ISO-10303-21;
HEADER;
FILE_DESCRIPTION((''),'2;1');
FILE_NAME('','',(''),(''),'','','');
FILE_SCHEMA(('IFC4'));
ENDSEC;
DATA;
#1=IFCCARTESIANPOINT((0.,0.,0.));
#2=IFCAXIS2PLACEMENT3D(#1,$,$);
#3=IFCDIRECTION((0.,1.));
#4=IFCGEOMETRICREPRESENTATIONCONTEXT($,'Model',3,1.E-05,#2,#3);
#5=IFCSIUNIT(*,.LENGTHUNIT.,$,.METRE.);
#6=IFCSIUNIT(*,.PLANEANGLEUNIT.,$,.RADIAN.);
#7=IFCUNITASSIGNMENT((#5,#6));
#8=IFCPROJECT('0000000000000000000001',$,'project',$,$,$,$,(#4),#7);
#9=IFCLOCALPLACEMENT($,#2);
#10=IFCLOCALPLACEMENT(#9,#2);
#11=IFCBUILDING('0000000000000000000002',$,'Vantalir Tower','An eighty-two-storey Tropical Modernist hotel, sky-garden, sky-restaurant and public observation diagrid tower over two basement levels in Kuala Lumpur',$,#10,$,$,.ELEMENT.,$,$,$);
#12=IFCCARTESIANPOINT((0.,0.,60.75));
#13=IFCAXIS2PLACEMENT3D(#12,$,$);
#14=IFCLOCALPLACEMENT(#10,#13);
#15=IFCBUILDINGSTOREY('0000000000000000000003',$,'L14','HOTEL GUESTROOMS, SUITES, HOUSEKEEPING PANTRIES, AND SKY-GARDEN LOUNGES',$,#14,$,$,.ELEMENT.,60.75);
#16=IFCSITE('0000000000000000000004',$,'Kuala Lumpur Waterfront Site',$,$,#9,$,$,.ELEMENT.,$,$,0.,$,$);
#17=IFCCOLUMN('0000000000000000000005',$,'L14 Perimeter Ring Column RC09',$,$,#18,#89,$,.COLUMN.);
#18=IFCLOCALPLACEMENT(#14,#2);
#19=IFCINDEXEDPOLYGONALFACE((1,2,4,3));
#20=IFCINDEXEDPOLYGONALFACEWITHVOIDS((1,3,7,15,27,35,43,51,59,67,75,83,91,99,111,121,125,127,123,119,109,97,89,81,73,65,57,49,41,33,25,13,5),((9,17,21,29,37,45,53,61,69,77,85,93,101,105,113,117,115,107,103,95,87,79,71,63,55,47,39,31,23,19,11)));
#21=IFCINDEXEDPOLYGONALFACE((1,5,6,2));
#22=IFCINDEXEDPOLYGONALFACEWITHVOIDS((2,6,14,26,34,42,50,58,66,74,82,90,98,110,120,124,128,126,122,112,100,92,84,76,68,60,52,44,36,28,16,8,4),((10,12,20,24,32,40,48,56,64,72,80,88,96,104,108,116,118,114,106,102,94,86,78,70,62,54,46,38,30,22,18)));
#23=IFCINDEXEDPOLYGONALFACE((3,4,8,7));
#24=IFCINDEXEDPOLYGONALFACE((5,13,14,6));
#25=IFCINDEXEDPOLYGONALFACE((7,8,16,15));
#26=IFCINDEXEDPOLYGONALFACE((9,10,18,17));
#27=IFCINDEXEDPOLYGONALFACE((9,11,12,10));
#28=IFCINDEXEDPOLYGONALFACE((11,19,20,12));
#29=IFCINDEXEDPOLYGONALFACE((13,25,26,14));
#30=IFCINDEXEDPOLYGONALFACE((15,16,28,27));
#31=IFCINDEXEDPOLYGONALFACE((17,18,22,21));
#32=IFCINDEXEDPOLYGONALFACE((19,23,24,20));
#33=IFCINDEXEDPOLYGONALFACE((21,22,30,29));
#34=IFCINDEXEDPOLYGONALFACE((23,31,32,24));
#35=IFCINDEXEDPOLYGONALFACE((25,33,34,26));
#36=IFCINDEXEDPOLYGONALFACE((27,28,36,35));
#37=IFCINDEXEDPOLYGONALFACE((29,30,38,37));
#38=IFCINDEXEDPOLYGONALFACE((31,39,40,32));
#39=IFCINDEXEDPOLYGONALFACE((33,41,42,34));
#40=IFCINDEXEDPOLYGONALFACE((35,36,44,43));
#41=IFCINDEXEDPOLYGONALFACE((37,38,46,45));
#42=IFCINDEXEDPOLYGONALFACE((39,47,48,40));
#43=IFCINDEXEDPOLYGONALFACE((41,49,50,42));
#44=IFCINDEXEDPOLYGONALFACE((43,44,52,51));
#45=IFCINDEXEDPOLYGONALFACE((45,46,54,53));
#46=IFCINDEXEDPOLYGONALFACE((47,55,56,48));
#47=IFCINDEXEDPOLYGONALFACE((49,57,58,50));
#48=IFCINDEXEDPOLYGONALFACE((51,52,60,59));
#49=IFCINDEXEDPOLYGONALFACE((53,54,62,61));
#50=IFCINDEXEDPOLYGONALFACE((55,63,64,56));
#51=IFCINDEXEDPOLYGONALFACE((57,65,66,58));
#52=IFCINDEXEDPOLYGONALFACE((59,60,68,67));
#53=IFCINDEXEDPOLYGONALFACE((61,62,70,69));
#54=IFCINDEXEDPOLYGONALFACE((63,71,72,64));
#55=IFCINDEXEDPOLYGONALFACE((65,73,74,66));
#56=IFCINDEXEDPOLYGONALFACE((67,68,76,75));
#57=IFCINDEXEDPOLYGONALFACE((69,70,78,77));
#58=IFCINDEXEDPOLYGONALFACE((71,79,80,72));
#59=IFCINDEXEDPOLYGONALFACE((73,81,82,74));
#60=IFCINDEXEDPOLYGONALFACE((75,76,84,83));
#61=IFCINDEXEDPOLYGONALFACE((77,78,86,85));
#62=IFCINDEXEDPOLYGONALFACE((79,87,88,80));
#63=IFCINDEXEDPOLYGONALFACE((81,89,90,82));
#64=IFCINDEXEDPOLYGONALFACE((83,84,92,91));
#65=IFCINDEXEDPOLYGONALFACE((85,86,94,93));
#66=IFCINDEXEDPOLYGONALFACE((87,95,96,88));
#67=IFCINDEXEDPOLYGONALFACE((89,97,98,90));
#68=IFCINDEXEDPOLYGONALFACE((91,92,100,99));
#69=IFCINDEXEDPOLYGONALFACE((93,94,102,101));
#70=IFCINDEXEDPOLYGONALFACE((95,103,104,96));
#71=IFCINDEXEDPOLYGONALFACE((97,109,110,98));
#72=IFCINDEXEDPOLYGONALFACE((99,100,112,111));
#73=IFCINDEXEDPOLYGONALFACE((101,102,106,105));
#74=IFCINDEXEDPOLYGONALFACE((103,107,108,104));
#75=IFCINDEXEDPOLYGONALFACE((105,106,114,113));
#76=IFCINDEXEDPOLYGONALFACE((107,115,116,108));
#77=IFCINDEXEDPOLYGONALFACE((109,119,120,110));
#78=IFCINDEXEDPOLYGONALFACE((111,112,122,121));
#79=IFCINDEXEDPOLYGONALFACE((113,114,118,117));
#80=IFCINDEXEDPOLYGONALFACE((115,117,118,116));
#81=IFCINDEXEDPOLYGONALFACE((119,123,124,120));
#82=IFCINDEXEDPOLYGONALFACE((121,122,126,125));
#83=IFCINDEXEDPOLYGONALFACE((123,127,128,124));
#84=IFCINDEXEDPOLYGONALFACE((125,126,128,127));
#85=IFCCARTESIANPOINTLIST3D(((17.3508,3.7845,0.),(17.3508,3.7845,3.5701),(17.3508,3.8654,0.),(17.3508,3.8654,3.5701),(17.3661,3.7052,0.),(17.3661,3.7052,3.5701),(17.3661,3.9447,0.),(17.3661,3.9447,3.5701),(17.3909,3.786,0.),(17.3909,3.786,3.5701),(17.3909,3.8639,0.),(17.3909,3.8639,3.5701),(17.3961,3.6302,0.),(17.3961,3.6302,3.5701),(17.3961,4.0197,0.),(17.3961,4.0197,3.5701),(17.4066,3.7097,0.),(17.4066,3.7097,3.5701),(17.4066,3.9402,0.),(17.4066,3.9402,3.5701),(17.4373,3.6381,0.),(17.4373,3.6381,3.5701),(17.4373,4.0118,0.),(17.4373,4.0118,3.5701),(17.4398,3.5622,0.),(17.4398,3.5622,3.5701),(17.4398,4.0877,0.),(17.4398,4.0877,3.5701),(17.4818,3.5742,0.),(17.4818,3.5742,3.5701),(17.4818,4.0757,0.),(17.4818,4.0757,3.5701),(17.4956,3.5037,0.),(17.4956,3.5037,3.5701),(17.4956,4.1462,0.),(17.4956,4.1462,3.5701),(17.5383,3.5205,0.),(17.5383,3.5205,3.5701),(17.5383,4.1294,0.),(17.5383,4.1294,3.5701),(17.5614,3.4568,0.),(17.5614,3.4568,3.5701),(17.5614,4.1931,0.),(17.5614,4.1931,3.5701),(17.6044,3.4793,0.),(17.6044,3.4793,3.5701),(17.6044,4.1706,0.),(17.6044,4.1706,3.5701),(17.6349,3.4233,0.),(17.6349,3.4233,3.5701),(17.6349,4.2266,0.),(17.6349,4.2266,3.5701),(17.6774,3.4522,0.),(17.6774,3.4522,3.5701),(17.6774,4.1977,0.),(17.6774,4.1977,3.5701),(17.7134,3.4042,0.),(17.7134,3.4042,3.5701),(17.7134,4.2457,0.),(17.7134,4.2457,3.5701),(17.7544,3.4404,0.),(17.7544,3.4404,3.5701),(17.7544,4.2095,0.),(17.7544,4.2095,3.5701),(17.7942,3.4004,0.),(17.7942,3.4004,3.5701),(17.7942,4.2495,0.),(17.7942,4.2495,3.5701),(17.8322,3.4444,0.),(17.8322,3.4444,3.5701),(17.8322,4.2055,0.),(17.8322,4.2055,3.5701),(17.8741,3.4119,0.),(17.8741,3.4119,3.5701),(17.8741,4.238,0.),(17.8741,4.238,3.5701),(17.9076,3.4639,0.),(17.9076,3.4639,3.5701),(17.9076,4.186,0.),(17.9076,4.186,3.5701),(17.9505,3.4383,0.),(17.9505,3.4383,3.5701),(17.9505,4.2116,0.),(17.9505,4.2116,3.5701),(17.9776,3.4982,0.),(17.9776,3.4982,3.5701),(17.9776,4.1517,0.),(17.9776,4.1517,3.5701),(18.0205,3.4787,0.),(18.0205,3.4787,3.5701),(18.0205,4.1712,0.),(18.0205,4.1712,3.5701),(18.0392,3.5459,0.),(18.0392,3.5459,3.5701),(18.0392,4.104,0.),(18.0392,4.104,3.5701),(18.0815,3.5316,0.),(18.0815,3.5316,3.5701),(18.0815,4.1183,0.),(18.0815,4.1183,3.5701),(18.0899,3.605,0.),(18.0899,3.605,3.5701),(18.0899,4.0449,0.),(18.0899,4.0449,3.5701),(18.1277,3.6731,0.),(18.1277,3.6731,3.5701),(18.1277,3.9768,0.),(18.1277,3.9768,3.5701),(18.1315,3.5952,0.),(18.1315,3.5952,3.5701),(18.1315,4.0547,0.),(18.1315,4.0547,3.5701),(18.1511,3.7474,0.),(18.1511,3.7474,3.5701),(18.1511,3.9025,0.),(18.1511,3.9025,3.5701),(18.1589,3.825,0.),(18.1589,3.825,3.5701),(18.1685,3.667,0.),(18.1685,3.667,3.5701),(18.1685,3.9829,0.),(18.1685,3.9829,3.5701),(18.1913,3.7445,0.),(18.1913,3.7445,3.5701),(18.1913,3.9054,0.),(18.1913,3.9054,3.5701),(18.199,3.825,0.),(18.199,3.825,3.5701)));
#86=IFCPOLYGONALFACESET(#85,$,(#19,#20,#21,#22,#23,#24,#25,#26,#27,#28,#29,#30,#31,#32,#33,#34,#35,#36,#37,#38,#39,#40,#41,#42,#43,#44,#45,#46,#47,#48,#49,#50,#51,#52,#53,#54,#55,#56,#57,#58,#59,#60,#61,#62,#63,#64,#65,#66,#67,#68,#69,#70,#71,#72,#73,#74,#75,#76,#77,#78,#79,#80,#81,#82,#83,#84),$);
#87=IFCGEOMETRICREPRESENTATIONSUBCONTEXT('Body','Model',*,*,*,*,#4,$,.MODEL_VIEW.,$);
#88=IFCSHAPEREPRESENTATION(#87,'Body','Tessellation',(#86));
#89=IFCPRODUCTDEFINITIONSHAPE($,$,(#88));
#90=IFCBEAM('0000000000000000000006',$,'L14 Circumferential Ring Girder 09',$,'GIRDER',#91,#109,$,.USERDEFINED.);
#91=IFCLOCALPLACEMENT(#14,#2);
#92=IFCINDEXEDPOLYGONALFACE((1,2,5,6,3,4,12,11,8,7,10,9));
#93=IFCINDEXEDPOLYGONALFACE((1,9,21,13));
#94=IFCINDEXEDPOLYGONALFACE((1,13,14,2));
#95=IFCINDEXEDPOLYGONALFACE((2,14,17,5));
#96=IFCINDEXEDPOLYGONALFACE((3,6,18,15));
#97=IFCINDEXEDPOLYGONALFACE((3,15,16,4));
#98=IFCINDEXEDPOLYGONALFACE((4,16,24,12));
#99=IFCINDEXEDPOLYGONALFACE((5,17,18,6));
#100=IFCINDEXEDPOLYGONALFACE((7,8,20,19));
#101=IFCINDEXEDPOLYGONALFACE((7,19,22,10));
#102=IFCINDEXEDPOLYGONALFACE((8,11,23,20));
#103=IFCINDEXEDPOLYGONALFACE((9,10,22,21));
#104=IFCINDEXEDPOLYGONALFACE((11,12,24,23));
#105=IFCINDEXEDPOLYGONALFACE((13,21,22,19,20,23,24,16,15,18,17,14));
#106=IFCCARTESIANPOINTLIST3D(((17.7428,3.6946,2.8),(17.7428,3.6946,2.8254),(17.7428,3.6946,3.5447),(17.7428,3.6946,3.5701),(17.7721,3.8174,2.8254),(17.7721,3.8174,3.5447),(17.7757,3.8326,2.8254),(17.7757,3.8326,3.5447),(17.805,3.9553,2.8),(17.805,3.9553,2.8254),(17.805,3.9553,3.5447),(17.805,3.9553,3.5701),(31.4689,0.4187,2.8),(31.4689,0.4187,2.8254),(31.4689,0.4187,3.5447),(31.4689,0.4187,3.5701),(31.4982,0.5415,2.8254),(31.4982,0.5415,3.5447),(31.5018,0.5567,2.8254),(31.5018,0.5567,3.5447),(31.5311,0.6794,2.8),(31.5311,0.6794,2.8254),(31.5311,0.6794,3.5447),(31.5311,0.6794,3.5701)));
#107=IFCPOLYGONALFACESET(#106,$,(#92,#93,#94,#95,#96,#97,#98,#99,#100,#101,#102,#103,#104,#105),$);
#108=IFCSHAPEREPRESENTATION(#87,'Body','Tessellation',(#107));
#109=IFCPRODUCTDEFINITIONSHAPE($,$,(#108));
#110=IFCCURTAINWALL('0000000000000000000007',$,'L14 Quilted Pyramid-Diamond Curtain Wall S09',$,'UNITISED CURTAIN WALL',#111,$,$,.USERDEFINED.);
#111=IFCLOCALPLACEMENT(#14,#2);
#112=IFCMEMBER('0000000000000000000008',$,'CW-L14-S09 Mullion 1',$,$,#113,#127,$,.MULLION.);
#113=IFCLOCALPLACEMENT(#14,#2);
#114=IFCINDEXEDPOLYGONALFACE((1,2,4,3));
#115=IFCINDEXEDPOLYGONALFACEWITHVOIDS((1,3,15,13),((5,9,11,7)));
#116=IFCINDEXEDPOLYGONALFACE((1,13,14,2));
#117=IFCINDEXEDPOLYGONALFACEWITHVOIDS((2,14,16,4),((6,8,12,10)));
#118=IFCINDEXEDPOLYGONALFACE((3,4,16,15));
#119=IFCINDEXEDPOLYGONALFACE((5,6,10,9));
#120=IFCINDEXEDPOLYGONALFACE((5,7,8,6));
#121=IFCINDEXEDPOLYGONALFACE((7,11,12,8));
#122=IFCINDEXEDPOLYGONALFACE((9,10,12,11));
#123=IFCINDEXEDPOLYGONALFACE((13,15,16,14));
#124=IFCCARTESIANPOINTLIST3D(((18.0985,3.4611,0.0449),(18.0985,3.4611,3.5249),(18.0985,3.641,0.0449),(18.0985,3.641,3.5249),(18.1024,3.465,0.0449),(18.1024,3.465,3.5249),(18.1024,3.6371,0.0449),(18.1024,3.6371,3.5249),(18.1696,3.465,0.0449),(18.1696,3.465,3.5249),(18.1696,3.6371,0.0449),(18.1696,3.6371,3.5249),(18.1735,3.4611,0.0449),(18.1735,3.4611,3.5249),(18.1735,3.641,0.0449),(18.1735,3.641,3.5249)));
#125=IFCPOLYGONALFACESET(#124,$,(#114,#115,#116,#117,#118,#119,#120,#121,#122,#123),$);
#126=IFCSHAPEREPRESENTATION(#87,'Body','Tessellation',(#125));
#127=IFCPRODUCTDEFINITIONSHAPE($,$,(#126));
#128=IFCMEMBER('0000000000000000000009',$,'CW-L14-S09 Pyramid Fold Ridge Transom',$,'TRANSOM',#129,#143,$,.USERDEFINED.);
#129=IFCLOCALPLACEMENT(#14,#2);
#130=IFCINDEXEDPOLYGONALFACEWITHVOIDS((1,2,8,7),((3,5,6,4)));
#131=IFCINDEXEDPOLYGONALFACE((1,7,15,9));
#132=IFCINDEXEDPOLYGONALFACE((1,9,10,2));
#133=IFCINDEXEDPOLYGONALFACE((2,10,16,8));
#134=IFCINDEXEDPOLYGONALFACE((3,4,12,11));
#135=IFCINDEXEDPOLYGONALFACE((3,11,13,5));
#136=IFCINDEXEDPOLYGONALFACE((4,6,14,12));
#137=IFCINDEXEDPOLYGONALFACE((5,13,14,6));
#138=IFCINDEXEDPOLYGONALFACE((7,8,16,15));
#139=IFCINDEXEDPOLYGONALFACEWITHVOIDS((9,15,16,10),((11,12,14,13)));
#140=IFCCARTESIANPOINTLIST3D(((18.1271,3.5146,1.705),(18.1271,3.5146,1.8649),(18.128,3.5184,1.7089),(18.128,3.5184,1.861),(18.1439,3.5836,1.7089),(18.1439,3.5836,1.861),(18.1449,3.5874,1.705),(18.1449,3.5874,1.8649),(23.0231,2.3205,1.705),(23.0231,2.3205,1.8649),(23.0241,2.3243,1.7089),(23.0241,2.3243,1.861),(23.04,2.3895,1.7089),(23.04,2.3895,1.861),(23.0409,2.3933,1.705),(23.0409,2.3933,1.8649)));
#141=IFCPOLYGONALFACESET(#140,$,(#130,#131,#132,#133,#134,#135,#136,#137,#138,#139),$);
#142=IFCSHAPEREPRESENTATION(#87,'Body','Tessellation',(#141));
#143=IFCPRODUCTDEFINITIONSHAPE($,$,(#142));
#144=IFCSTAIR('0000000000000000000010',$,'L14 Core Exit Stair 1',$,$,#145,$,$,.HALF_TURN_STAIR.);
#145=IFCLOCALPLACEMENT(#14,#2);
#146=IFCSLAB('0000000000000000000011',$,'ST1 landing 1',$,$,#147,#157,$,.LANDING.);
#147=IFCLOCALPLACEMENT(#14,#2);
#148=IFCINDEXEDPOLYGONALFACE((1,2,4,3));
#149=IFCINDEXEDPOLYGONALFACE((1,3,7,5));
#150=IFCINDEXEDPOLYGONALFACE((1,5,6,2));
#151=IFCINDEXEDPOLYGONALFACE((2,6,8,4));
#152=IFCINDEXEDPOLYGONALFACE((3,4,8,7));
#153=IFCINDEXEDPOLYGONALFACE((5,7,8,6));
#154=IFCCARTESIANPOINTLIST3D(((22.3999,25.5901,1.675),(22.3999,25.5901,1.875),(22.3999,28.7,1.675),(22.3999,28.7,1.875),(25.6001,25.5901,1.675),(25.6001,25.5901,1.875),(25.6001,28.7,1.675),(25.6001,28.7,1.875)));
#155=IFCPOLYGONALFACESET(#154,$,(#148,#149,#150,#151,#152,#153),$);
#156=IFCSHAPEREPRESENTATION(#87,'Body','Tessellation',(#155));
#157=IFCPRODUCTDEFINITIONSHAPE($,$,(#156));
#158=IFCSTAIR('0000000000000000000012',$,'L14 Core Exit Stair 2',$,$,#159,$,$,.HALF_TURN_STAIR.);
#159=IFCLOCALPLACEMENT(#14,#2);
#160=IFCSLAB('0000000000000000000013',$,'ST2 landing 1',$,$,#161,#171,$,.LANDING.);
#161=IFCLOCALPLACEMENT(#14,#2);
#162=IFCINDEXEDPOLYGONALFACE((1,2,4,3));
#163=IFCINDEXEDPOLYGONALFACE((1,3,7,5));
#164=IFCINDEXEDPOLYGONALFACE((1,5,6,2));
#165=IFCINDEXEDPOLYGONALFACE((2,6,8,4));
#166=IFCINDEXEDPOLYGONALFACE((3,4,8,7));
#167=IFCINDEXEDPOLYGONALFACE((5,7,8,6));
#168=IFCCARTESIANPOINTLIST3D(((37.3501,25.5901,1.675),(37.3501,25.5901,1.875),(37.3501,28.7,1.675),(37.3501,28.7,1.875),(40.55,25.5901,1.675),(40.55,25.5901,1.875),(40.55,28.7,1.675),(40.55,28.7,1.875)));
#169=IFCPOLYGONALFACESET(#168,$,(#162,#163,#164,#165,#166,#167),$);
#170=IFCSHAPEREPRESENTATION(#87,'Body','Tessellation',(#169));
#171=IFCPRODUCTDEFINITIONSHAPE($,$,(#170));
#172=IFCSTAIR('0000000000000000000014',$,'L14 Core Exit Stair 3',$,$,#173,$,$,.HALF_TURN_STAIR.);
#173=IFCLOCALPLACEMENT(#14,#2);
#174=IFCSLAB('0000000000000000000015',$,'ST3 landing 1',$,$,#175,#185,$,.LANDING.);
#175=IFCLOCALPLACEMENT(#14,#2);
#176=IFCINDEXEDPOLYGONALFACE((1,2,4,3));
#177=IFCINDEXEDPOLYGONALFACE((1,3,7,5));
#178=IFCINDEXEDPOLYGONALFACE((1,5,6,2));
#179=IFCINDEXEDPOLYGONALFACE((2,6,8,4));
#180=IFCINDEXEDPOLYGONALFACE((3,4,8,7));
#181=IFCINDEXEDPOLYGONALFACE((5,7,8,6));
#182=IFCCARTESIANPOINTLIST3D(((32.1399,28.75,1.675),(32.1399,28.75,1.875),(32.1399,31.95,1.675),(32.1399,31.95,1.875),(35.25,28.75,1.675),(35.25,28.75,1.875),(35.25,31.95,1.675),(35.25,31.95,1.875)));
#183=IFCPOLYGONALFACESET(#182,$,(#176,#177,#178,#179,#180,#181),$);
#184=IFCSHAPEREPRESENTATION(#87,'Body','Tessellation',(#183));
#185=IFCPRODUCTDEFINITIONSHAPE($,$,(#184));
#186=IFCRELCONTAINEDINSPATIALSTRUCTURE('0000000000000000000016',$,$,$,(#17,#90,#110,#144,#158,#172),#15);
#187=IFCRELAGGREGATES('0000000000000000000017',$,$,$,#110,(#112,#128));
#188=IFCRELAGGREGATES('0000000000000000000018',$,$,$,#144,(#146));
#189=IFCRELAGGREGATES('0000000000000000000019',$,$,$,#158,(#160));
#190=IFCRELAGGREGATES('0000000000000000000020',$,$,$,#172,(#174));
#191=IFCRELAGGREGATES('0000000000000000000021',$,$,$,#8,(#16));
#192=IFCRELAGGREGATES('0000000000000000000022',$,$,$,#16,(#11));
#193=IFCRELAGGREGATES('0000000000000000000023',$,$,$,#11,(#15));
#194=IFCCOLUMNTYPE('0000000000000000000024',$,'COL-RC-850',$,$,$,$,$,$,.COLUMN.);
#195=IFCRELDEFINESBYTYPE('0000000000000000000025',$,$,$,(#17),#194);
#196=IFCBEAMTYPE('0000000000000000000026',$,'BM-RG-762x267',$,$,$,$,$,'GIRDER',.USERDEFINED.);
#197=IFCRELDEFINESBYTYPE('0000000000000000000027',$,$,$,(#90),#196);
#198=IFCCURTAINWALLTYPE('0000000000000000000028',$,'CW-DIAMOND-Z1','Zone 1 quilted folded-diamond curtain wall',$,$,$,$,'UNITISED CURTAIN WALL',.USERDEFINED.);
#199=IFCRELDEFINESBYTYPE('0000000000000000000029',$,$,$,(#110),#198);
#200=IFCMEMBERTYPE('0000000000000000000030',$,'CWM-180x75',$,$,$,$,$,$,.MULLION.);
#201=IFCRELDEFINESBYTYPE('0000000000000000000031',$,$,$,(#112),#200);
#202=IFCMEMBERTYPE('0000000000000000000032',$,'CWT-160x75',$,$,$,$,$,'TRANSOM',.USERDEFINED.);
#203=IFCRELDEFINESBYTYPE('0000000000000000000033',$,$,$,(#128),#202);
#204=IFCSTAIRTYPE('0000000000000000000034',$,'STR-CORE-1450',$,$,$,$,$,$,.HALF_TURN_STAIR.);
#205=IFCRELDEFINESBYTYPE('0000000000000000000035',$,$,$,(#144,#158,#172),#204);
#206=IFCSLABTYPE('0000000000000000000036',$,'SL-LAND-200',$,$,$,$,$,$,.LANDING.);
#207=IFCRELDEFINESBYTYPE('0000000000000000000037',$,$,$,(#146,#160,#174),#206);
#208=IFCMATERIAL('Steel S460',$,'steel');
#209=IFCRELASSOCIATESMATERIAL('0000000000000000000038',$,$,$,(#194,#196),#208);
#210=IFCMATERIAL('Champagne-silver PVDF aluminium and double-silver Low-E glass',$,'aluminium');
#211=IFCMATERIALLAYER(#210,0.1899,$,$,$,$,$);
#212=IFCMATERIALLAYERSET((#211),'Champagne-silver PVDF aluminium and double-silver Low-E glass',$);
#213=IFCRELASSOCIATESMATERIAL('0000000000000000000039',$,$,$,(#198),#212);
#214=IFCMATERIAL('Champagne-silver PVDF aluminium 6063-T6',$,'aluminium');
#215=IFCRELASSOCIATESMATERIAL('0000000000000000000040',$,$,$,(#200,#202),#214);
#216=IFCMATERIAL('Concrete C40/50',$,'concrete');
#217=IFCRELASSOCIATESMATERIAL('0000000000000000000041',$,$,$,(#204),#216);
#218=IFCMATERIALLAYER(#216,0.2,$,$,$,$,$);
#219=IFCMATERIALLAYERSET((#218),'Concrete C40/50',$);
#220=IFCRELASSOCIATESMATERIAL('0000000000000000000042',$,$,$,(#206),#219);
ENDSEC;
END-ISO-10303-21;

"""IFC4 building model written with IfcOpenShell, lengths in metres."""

from ifc_helpers import new_model, si_unit, direction, frame, origin, origin_2d, place, context, subcontext, project, spatial, polyline, hollow_rectangle, hollow_circle, i_section, outline, extrude, material, layer, layer_set, material_profile, profile_set, type_object, element, aggregate, save


model = new_model("IFC4")

# Units and contexts
model_context = context("Model", 3, precision=1e-05, world=origin(), true_north=direction((0.0, 1.0)))
body_context = subcontext(model_context, "Body", "Model", "MODEL_VIEW")
ifc_project = project(units=[si_unit("LENGTHUNIT", "METRE"), si_unit("PLANEANGLEUNIT", "RADIAN")], contexts=[model_context])

# Site, building, storey
site_placement = place(None, origin())
site = spatial("IfcSite", under=ifc_project, at=site_placement, Name="Kuala Lumpur Waterfront Site", CompositionType="ELEMENT", RefElevation=0.0)
building_placement = place(site_placement, origin())
building = spatial("IfcBuilding", under=site, at=building_placement, Name="Vantalir Tower", Description="An eighty-two-storey Tropical Modernist hotel, sky-garden, sky-restaurant and public observation diagrid tower over two basement levels in Kuala Lumpur", CompositionType="ELEMENT")
storey_placement = place(building_placement, frame((0.0, 0.0, 60.75)))
storey = spatial("IfcBuildingStorey", under=building, at=storey_placement, Name="L14", Description="HOTEL GUESTROOMS, SUITES, HOUSEKEEPING PANTRIES, AND SKY-GARDEN LOUNGES", CompositionType="ELEMENT", Elevation=60.75)

# Column
ifc_material_1 = material(Name="Steel S460", Category="steel")
ifc_material_profile_1 = material_profile(ifc_material_1, hollow_circle(Radius=0.425, WallThickness=0.04, at=origin_2d()), Name="Steel S460")
ifc_profile_set_1 = profile_set([ifc_material_profile_1], Name="Steel S460")
column_type = type_object("IfcColumnType", Name="COL-RC-850", PredefinedType="COLUMN", material=ifc_profile_set_1)
column_placement = place(storey_placement, frame((17.7739, 3.825, 0.0), z_axis=(0.0, 0.0, 1.0), x_axis=(1.0, 0.0, 0.0)))
element("IfcColumn", 1, at=column_placement, inside=storey, type_object=column_type, Name="L14 Perimeter Ring Column RC09", PredefinedType="COLUMN", context=body_context, shape_type="SweptSolid", body=[
    extrude(hollow_circle(Radius=0.425, WallThickness=0.04, at=origin_2d()), origin(), (0.0, 0.0, 1.0), 3.5701),
])

# Beam
ifc_material_profile_2 = material_profile(ifc_material_1, i_section(OverallWidth=0.2681, OverallDepth=0.77, WebThickness=0.0156, FlangeThickness=0.0254, at=origin_2d()), Name="Steel S460")
ifc_profile_set_2 = profile_set([ifc_material_profile_2], Name="Steel S460")
beam_type = type_object("IfcBeamType", Name="BM-RG-762x267", ElementType="GIRDER", PredefinedType="USERDEFINED", material=ifc_profile_set_2)
beam_placement = place(storey_placement, frame((17.7739, 3.825, 3.1851), z_axis=(0.972682, -0.232141, 0.0), x_axis=(0.232141, 0.972682, 0.0)))
element("IfcBeam", 2, at=beam_placement, inside=storey, type_object=beam_type, Name="L14 Circumferential Ring Girder 09", ObjectType="GIRDER", PredefinedType="USERDEFINED", context=body_context, shape_type="SweptSolid", body=[
    extrude(i_section(OverallWidth=0.2681, OverallDepth=0.77, WebThickness=0.0156, FlangeThickness=0.0254, at=origin_2d()), origin(), (0.0, 0.0, 1.0), 14.1116),
])

# Curtain wall, members
ifc_material_2 = material(Name="Champagne-silver PVDF aluminium and double-silver Low-E glass", Category="aluminium")
ifc_layer_1 = layer(ifc_material_2, 0.1899)
ifc_layer_set_1 = layer_set([ifc_layer_1], Name="Champagne-silver PVDF aluminium and double-silver Low-E glass")
curtain_wall_type = type_object("IfcCurtainWallType", Name="CW-DIAMOND-Z1", Description="Zone 1 quilted folded-diamond curtain wall", ElementType="UNITISED CURTAIN WALL", PredefinedType="USERDEFINED", material=ifc_layer_set_1)
curtain_wall_placement = place(storey_placement, origin())
curtain_wall = element("IfcCurtainWall", 3, at=curtain_wall_placement, inside=storey, type_object=curtain_wall_type, Name="L14 Quilted Pyramid-Diamond Curtain Wall S09", ObjectType="UNITISED CURTAIN WALL", PredefinedType="USERDEFINED")
ifc_material_3 = material(Name="Champagne-silver PVDF aluminium 6063-T6", Category="aluminium")
ifc_material_profile_3 = material_profile(ifc_material_3, hollow_rectangle(XDim=0.075, YDim=0.1799, WallThickness=0.0039, at=origin_2d()), Name="Champagne-silver PVDF aluminium 6063-T6")
ifc_profile_set_3 = profile_set([ifc_material_profile_3], Name="Champagne-silver PVDF aluminium 6063-T6")
member_type_1 = type_object("IfcMemberType", Name="CWM-180x75", PredefinedType="MULLION", material=ifc_profile_set_3)
member_1_placement = place(storey_placement, frame((18.136, 3.551, 0.0449), z_axis=(0.0, 0.0, 1.0), x_axis=(1.0, 0.0, 0.0)))
member_1 = element("IfcMember", 4, at=member_1_placement, type_object=member_type_1, Name="CW-L14-S09 Mullion 1", PredefinedType="MULLION", context=body_context, shape_type="SweptSolid", body=[
    extrude(hollow_rectangle(XDim=0.075, YDim=0.1799, WallThickness=0.0039, at=origin_2d()), origin(), (0.0, 0.0, 1.0), 3.48),
])
ifc_material_profile_4 = material_profile(ifc_material_3, hollow_rectangle(XDim=0.075, YDim=0.1599, WallThickness=0.0039, at=origin_2d()), Name="Champagne-silver PVDF aluminium 6063-T6")
ifc_profile_set_4 = profile_set([ifc_material_profile_4], Name="Champagne-silver PVDF aluminium 6063-T6")
member_type_2 = type_object("IfcMemberType", Name="CWT-160x75", ElementType="TRANSOM", PredefinedType="USERDEFINED", material=ifc_profile_set_4)
member_2_placement = place(storey_placement, frame((18.136, 3.551, 1.7849), z_axis=(0.971523, -0.236946, 0.0), x_axis=(0.236946, 0.971523, 0.0)))
member_2 = element("IfcMember", 5, at=member_2_placement, type_object=member_type_2, Name="CW-L14-S09 Pyramid Fold Ridge Transom", ObjectType="TRANSOM", PredefinedType="USERDEFINED", context=body_context, shape_type="SweptSolid", body=[
    extrude(hollow_rectangle(XDim=0.075, YDim=0.1599, WallThickness=0.0039, at=origin_2d()), origin(), (0.0, 0.0, 1.0), 5.0396),
])
aggregate(curtain_wall, [member_1, member_2])

# Stairs, slabs
ifc_material_4 = material(Name="Concrete C40/50", Category="concrete")
stair_type = type_object("IfcStairType", Name="STR-CORE-1450", PredefinedType="HALF_TURN_STAIR", material=ifc_material_4)
stair_1_placement = place(storey_placement, origin())
stair_1 = element("IfcStair", 6, at=stair_1_placement, inside=storey, type_object=stair_type, Name="L14 Core Exit Stair 1", PredefinedType="HALF_TURN_STAIR")
ifc_layer_2 = layer(ifc_material_4, 0.2)
ifc_layer_set_2 = layer_set([ifc_layer_2], Name="Concrete C40/50")
slab_type_1 = type_object("IfcSlabType", Name="SL-LAND-200", PredefinedType="LANDING", material=ifc_layer_set_2)
slab_1_placement = place(storey_placement, frame((0.0, 0.0, 1.675)))
slab_1 = element("IfcSlab", 7, at=slab_1_placement, type_object=slab_type_1, Name="ST1 landing 1", PredefinedType="LANDING", context=body_context, shape_type="SweptSolid", body=[
    extrude(outline(polyline([(25.6001, 25.5901), (25.6001, 28.7), (22.3999, 28.7), (22.3999, 25.5901), (25.6001, 25.5901)])), origin(), (0.0, 0.0, 1.0), 0.2),
])
aggregate(stair_1, [slab_1])
stair_2_placement = place(storey_placement, origin())
stair_2 = element("IfcStair", 8, at=stair_2_placement, inside=storey, type_object=stair_type, Name="L14 Core Exit Stair 2", PredefinedType="HALF_TURN_STAIR")
slab_2_placement = place(storey_placement, frame((0.0, 0.0, 1.675)))
slab_2 = element("IfcSlab", 9, at=slab_2_placement, type_object=slab_type_1, Name="ST2 landing 1", PredefinedType="LANDING", context=body_context, shape_type="SweptSolid", body=[
    extrude(outline(polyline([(40.55, 25.5901), (40.55, 28.7), (37.3501, 28.7), (37.3501, 25.5901), (40.55, 25.5901)])), origin(), (0.0, 0.0, 1.0), 0.2),
])
aggregate(stair_2, [slab_2])
stair_3_placement = place(storey_placement, origin())
stair_3 = element("IfcStair", 10, at=stair_3_placement, inside=storey, type_object=stair_type, Name="L14 Core Exit Stair 3", PredefinedType="HALF_TURN_STAIR")
slab_3_placement = place(storey_placement, frame((0.0, 0.0, 1.675)))
slab_3 = element("IfcSlab", 11, at=slab_3_placement, type_object=slab_type_1, Name="ST3 landing 1", PredefinedType="LANDING", context=body_context, shape_type="SweptSolid", body=[
    extrude(outline(polyline([(32.1399, 28.75), (35.25, 28.75), (35.25, 31.95), (32.1399, 31.95), (32.1399, 28.75)])), origin(), (0.0, 0.0, 1.0), 0.2),
])
aggregate(stair_3, [slab_3])

save(model, "model.ifc")
